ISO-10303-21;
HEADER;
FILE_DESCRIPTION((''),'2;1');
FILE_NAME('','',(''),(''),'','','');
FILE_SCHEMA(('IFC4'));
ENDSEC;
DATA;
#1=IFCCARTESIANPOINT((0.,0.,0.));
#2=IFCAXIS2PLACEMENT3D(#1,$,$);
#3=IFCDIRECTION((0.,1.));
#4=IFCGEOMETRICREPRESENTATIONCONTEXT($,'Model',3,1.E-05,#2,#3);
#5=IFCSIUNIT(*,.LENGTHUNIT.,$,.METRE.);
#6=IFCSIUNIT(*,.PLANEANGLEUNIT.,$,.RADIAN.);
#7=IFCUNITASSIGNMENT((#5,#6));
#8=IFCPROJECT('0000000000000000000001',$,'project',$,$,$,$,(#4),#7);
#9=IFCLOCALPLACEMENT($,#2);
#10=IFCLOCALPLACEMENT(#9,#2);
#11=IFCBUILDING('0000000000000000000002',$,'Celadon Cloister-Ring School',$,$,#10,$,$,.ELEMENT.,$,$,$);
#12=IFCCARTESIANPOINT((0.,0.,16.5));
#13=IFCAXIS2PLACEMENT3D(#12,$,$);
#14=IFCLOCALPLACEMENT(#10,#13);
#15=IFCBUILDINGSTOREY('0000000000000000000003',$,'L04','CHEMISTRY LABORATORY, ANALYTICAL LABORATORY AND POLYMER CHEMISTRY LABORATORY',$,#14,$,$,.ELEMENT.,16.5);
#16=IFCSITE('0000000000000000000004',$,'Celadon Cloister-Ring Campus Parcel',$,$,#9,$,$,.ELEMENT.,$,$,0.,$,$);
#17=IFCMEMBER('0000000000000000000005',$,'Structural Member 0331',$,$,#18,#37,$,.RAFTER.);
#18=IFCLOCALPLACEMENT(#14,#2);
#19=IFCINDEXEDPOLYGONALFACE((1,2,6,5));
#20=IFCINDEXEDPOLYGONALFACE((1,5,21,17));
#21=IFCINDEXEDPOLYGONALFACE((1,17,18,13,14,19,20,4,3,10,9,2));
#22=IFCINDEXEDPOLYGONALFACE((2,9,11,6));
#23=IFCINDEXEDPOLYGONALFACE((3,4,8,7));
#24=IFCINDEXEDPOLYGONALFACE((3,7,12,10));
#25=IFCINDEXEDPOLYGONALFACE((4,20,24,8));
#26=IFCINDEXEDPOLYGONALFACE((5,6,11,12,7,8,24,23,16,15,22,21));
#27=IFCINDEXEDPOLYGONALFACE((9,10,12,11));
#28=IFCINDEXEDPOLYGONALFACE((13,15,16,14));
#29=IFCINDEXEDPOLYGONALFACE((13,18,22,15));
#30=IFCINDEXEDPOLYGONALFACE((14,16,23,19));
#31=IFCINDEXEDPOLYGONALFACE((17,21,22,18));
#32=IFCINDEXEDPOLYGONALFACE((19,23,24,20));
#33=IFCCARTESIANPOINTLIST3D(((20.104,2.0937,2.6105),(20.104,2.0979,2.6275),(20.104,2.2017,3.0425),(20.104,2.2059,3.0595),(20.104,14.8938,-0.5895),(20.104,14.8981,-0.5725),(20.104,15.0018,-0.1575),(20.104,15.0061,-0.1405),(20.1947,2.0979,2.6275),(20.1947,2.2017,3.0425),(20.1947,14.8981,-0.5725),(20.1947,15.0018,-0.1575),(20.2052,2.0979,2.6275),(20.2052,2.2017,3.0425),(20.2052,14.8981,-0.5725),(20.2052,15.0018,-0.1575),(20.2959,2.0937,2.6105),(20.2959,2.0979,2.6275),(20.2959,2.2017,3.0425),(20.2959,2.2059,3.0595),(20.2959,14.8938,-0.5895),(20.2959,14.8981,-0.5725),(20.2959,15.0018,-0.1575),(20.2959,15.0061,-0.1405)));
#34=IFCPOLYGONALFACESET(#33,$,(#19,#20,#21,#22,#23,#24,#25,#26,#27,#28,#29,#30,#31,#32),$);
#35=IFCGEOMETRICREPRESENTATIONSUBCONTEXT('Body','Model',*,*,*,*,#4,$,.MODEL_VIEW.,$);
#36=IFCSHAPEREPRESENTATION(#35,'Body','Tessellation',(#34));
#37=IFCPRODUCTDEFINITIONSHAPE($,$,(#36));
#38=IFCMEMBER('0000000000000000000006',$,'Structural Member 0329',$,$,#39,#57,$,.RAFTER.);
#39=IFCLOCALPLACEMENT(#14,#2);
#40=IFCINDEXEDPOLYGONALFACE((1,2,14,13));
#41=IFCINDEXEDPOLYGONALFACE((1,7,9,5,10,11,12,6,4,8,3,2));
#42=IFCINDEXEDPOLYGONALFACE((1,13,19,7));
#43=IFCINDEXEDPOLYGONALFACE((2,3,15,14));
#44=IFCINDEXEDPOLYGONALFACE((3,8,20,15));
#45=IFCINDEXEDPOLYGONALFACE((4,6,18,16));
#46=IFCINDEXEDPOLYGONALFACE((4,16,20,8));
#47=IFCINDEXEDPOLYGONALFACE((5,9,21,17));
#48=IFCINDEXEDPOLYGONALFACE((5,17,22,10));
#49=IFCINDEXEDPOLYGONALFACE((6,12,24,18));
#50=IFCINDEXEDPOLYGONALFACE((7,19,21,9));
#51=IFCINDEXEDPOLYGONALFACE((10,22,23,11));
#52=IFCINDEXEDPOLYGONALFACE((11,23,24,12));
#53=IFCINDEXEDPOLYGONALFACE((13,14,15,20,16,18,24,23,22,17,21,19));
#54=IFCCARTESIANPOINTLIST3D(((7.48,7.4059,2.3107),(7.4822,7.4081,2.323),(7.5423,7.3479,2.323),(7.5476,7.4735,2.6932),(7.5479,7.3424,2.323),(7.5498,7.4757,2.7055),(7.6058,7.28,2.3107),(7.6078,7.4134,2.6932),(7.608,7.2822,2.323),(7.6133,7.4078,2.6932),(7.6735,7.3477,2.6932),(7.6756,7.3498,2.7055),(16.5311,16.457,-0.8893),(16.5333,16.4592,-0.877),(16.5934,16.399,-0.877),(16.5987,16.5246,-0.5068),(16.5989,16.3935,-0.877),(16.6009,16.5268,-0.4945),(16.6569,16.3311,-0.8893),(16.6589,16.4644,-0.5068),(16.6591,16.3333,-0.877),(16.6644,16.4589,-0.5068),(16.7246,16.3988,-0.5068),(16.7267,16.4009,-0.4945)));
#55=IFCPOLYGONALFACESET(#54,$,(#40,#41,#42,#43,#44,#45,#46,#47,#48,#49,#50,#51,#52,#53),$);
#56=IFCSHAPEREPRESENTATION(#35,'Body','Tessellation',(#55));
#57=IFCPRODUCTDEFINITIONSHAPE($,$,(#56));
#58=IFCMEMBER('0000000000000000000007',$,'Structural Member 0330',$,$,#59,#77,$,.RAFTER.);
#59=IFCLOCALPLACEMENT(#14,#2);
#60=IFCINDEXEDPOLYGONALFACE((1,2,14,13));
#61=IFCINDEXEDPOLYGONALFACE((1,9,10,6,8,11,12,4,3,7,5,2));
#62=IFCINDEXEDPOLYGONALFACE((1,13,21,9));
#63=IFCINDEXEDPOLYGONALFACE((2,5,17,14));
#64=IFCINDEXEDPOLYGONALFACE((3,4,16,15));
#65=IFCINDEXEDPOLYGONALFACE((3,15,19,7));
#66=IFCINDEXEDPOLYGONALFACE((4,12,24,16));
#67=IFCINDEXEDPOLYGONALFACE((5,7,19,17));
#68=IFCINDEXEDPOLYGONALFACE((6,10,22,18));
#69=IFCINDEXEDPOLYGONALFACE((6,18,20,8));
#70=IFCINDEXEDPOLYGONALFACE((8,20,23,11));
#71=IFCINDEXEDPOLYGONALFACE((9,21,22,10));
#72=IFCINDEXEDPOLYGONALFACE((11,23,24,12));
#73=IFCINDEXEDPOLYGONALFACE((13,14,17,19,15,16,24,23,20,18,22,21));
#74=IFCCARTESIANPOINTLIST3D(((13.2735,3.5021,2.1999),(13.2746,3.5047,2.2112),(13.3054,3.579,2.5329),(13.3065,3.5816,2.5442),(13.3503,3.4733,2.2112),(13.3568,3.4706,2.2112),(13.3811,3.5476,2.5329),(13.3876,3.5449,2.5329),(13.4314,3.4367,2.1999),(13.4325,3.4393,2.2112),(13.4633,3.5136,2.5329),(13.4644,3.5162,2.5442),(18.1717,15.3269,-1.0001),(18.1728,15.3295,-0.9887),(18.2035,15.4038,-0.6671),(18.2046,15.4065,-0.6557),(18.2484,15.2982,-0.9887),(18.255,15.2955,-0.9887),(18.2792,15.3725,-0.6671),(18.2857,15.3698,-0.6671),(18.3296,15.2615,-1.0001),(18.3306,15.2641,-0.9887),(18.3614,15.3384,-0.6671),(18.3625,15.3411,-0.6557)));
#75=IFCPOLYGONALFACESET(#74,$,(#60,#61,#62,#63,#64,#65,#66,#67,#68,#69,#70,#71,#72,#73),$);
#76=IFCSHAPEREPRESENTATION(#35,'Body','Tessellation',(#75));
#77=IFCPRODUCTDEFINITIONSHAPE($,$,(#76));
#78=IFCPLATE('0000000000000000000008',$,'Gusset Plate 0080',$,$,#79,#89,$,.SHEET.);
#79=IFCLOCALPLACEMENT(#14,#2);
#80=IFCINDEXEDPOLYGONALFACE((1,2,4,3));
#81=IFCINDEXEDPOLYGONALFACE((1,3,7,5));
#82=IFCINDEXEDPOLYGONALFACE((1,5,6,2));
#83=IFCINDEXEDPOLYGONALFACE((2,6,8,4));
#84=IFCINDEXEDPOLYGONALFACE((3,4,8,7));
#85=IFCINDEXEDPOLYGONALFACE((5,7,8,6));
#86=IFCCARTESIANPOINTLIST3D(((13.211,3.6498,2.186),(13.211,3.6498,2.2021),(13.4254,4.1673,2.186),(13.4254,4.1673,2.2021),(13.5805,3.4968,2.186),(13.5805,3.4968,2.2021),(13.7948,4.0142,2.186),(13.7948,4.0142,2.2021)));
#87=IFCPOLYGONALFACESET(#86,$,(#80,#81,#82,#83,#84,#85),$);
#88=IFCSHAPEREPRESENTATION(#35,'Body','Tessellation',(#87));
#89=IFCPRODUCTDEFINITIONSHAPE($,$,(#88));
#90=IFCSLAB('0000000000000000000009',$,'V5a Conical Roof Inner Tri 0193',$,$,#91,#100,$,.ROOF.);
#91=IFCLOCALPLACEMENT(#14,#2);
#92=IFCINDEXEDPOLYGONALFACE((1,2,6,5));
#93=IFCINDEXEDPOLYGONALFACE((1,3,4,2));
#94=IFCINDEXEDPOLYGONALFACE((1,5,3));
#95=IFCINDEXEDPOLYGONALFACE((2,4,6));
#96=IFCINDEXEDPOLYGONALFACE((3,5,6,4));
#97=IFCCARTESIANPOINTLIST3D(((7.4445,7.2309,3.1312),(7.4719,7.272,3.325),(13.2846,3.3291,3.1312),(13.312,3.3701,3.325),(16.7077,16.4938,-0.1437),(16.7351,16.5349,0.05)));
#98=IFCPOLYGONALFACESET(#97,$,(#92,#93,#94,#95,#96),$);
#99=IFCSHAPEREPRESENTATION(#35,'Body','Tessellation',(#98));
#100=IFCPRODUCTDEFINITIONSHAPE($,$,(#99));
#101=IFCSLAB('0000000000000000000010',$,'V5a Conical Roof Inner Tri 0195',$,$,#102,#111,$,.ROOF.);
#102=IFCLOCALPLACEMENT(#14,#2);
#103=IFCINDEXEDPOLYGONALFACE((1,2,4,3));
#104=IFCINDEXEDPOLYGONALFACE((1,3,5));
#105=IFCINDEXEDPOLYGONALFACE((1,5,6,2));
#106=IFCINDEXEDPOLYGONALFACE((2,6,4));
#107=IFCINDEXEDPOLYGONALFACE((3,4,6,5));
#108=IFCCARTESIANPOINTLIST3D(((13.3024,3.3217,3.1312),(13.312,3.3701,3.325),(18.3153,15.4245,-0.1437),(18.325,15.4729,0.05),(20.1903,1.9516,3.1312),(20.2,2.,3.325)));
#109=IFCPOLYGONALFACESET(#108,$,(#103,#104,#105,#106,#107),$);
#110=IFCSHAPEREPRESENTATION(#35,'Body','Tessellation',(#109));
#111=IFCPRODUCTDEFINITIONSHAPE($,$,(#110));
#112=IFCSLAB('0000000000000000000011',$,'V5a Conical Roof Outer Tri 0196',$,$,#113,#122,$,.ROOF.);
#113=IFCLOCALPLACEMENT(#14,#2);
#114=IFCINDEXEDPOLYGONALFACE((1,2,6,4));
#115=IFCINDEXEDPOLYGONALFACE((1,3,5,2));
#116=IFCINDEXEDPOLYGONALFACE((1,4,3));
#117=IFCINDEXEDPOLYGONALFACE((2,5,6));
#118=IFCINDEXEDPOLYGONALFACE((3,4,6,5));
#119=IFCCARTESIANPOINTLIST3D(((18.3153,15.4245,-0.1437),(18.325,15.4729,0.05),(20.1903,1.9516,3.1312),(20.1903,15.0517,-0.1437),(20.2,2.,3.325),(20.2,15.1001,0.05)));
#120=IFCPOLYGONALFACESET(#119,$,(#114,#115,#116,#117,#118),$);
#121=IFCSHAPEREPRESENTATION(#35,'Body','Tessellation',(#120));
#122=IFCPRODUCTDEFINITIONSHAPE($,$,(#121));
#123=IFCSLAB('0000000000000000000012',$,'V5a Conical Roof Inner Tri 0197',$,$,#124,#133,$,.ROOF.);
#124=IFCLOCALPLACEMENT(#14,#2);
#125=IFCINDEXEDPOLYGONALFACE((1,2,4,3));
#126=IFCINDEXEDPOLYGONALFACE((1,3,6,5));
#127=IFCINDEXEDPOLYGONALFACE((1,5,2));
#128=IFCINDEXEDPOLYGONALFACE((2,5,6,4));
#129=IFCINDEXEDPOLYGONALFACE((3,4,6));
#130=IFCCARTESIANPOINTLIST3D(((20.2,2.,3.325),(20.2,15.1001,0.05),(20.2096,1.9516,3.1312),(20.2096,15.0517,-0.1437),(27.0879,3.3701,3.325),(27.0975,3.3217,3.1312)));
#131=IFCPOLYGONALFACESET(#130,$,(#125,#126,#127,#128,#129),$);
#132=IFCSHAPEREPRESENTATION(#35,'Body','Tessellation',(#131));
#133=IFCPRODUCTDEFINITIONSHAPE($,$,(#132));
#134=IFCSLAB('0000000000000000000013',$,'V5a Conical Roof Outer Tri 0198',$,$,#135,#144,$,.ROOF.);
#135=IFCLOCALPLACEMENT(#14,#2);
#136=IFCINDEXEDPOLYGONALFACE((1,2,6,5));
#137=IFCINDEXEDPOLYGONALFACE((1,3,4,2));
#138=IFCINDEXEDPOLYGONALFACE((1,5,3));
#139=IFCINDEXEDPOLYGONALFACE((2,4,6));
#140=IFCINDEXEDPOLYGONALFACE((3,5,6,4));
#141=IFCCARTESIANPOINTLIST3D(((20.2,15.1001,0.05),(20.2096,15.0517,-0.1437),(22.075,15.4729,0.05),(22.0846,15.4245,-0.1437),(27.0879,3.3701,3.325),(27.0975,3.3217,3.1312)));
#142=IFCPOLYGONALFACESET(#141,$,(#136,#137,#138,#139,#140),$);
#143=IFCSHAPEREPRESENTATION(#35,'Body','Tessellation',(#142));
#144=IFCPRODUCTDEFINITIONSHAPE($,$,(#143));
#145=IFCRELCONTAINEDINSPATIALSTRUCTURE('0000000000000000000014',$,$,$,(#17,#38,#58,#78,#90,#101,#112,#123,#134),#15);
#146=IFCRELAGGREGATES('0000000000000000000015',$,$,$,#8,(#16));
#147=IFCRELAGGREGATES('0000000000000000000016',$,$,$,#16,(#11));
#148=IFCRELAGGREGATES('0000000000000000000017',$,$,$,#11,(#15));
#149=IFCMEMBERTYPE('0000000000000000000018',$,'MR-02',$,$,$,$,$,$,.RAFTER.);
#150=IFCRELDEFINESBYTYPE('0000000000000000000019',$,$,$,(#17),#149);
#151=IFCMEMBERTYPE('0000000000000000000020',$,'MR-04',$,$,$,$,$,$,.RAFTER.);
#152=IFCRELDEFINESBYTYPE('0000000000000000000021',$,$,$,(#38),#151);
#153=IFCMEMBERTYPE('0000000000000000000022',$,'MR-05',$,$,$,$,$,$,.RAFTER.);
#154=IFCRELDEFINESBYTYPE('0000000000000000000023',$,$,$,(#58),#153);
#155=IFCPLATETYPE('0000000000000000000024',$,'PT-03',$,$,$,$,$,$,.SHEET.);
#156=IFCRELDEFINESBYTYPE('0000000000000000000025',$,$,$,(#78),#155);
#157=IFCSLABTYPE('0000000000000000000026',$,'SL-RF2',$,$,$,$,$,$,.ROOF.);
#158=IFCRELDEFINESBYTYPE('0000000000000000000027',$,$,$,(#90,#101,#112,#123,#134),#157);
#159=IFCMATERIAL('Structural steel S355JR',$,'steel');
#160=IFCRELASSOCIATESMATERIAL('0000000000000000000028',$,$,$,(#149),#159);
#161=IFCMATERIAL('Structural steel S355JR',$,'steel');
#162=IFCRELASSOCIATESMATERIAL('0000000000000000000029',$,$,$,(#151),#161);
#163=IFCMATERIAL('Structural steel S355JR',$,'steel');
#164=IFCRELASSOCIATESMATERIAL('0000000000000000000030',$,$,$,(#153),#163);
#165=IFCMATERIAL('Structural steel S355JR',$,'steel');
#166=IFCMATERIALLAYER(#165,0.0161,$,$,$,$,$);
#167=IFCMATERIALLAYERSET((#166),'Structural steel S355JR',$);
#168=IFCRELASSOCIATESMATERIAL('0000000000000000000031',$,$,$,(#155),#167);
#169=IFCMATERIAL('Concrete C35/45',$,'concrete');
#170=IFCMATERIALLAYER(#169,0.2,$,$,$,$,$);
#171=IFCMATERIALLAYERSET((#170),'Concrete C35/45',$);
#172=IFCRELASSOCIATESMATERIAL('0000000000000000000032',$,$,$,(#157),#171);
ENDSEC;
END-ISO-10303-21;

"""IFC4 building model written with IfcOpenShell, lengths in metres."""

from ifc_helpers import new_model, si_unit, direction, frame, origin, origin_2d, place, context, subcontext, project, spatial, polyline, rectangle, i_section, outline, extrude, material, layer, layer_set, material_profile, profile_set, type_object, element, save


model = new_model("IFC4")

# Units and contexts
model_context = context("Model", 3, precision=1e-05, world=origin(), true_north=direction((0.0, 1.0)))
body_context = subcontext(model_context, "Body", "Model", "MODEL_VIEW")
ifc_project = project(units=[si_unit("LENGTHUNIT", "METRE"), si_unit("PLANEANGLEUNIT", "RADIAN")], contexts=[model_context])

# Site, building, storey
site_placement = place(None, origin())
site = spatial("IfcSite", under=ifc_project, at=site_placement, Name="Celadon Cloister-Ring Campus Parcel", CompositionType="ELEMENT", RefElevation=0.0)
building_placement = place(site_placement, origin())
building = spatial("IfcBuilding", under=site, at=building_placement, Name="Celadon Cloister-Ring School", CompositionType="ELEMENT")
storey_placement = place(building_placement, frame((0.0, 0.0, 16.5)))
storey = spatial("IfcBuildingStorey", under=building, at=storey_placement, Name="L04", Description="CHEMISTRY LABORATORY, ANALYTICAL LABORATORY AND POLYMER CHEMISTRY LABORATORY", CompositionType="ELEMENT", Elevation=16.5)

# Members
ifc_material_1 = material(Name="Structural steel S355JR", Category="steel")
ifc_material_profile_1 = material_profile(ifc_material_1, i_section(OverallWidth=0.1919, OverallDepth=0.4629, WebThickness=0.0105, FlangeThickness=0.0176, at=origin_2d()), Name="W460X89")
ifc_profile_set_1 = profile_set([ifc_material_profile_1], Name="Structural steel S355JR")
member_type_1 = type_object("IfcMemberType", Name="MR-02", PredefinedType="RAFTER", material=ifc_profile_set_1)
member_1_placement = place(storey_placement, frame((20.2, 14.95, -0.365), z_axis=(0.0, -0.970144, 0.242531), x_axis=(1.0, 0.0, 0.0)))
element("IfcMember", 1, at=member_1_placement, inside=storey, type_object=member_type_1, Name="Structural Member 0331", PredefinedType="RAFTER", context=body_context, shape_type="SweptSolid", body=[
    extrude(i_section(OverallWidth=0.1919, OverallDepth=0.4629, WebThickness=0.0105, FlangeThickness=0.0176, at=origin_2d()), origin(), (0.0, 0.0, 1.0), 13.1941),
])
ifc_material_2 = material(Name="Structural steel S355JR", Category="steel")
ifc_material_profile_2 = material_profile(ifc_material_2, i_section(OverallWidth=0.178, OverallDepth=0.407, WebThickness=0.0078, FlangeThickness=0.0127, at=origin_2d()), Name="W410X60")
ifc_profile_set_2 = profile_set([ifc_material_profile_2], Name="Structural steel S355JR")
member_type_2 = type_object("IfcMemberType", Name="MR-04", PredefinedType="RAFTER", material=ifc_profile_set_2)
member_2_placement = place(storey_placement, frame((16.6289, 16.429, -0.6919), z_axis=(-0.685995, -0.685995, 0.242531), x_axis=(0.707107, -0.707107, 0.0)))
element("IfcMember", 2, at=member_2_placement, inside=storey, type_object=member_type_2, Name="Structural Member 0329", PredefinedType="RAFTER", context=body_context, shape_type="SweptSolid", body=[
    extrude(i_section(OverallWidth=0.178, OverallDepth=0.407, WebThickness=0.0078, FlangeThickness=0.0127, at=origin_2d()), origin(), (0.0, 0.0, 1.0), 13.1941),
])
ifc_material_3 = material(Name="Structural steel S355JR", Category="steel")
ifc_material_profile_3 = material_profile(ifc_material_3, i_section(OverallWidth=0.1709, OverallDepth=0.355, WebThickness=0.0071, FlangeThickness=0.0117, at=origin_2d()), Name="W360X51")
ifc_profile_set_3 = profile_set([ifc_material_profile_3], Name="Structural steel S355JR")
member_type_3 = type_object("IfcMemberType", Name="MR-05", PredefinedType="RAFTER", material=ifc_profile_set_3)
member_3_placement = place(storey_placement, frame((18.2671, 15.334, -0.8279), z_axis=(-0.371266, -0.896289, 0.242545), x_axis=(0.923876, -0.382693, 0.0)))
element("IfcMember", 3, at=member_3_placement, inside=storey, type_object=member_type_3, Name="Structural Member 0330", PredefinedType="RAFTER", context=body_context, shape_type="SweptSolid", body=[
    extrude(i_section(OverallWidth=0.1709, OverallDepth=0.355, WebThickness=0.0071, FlangeThickness=0.0117, at=origin_2d()), origin(), (0.0, 0.0, 1.0), 13.1931),
])

# Plate
ifc_material_4 = material(Name="Structural steel S355JR", Category="steel")
ifc_layer_1 = layer(ifc_material_4, 0.0161)
ifc_layer_set_1 = layer_set([ifc_layer_1], Name="Structural steel S355JR")
plate_type = type_object("IfcPlateType", Name="PT-03", PredefinedType="SHEET", material=ifc_layer_set_1)
plate_placement = place(storey_placement, frame((13.5029, 3.832, 2.186), z_axis=(0.0, 0.0, 1.0), x_axis=(-0.382683, -0.92388, 0.0)))
element("IfcPlate", 4, at=plate_placement, inside=storey, type_object=plate_type, Name="Gusset Plate 0080", PredefinedType="SHEET", context=body_context, shape_type="SweptSolid", body=[
    extrude(rectangle(XDim=0.5601, YDim=0.3999, at=origin_2d()), origin(), (0.0, 0.0, 1.0), 0.0161),
])

# Slabs
ifc_material_5 = material(Name="Concrete C35/45", Category="concrete")
ifc_layer_2 = layer(ifc_material_5, 0.2)
ifc_layer_set_2 = layer_set([ifc_layer_2], Name="Concrete C35/45")
slab_type = type_object("IfcSlabType", Name="SL-RF2", PredefinedType="ROOF", material=ifc_layer_set_2)
slab_1_placement = place(storey_placement, frame((16.7351, 16.5349, 0.05), z_axis=(0.137215, 0.205376, 0.969016), x_axis=(-0.686004, -0.685986, 0.24253)))
element("IfcSlab", 5, at=slab_1_placement, inside=storey, type_object=slab_type, Name="V5a Conical Roof Inner Tri 0193", PredefinedType="ROOF", context=body_context, shape_type="SweptSolid", body=[
    extrude(outline(polyline([(0.0, 0.0), (13.5031, 0.0), (12.1734, 6.8966), (0.0, 0.0)])), origin(), (0.0, 0.0, -1.0), 0.2),
])
slab_2_placement = place(storey_placement, frame((18.325, 15.4729, 0.05), z_axis=(0.048187, 0.242248, 0.969017), x_axis=(-0.371245, -0.896301, 0.242531)))
element("IfcSlab", 6, at=slab_2_placement, inside=storey, type_object=slab_type, Name="V5a Conical Roof Inner Tri 0195", PredefinedType="ROOF", context=body_context, shape_type="SweptSolid", body=[
    extrude(outline(polyline([(0.0, 0.0), (13.503, 0.0), (12.174, 6.896), (0.0, 0.0)])), origin(), (0.0, 0.0, -1.0), 0.2),
])
slab_3_placement = place(storey_placement, frame((18.325, 15.4729, 0.05), z_axis=(0.048165, 0.242246, 0.969019), x_axis=(0.134011, -0.962941, 0.234065)))
element("IfcSlab", 7, at=slab_3_placement, inside=storey, type_object=slab_type, Name="V5a Conical Roof Outer Tri 0196", PredefinedType="ROOF", context=body_context, shape_type="SweptSolid", body=[
    extrude(outline(polyline([(0.0, 0.0), (13.9914, 0.0), (0.6103, 1.8117), (0.0, 0.0)])), origin(), (0.0, 0.0, -1.0), 0.2),
])
slab_4_placement = place(storey_placement, frame((20.2, 15.1001, 0.05), z_axis=(-0.048186, 0.242245, 0.969018), x_axis=(0.0, -0.970145, 0.242527)))
element("IfcSlab", 8, at=slab_4_placement, inside=storey, type_object=slab_type, Name="V5a Conical Roof Inner Tri 0197", PredefinedType="ROOF", context=body_context, shape_type="SweptSolid", body=[
    extrude(outline(polyline([(0.0, 0.0), (13.5032, 0.0), (12.174, 6.896), (0.0, 0.0)])), origin(), (0.0, 0.0, -1.0), 0.2),
])
slab_5_placement = place(storey_placement, frame((20.2, 15.1001, 0.05), z_axis=(-0.048167, 0.242256, 0.969016), x_axis=(0.492296, -0.838367, 0.234064)))
element("IfcSlab", 9, at=slab_5_placement, inside=storey, type_object=slab_type, Name="V5a Conical Roof Outer Tri 0198", PredefinedType="ROOF", context=body_context, shape_type="SweptSolid", body=[
    extrude(outline(polyline([(0.0, 0.0), (13.9915, 0.0), (0.6105, 1.8116), (0.0, 0.0)])), origin(), (0.0, 0.0, -1.0), 0.2),
])

save(model, "model.ifc")
